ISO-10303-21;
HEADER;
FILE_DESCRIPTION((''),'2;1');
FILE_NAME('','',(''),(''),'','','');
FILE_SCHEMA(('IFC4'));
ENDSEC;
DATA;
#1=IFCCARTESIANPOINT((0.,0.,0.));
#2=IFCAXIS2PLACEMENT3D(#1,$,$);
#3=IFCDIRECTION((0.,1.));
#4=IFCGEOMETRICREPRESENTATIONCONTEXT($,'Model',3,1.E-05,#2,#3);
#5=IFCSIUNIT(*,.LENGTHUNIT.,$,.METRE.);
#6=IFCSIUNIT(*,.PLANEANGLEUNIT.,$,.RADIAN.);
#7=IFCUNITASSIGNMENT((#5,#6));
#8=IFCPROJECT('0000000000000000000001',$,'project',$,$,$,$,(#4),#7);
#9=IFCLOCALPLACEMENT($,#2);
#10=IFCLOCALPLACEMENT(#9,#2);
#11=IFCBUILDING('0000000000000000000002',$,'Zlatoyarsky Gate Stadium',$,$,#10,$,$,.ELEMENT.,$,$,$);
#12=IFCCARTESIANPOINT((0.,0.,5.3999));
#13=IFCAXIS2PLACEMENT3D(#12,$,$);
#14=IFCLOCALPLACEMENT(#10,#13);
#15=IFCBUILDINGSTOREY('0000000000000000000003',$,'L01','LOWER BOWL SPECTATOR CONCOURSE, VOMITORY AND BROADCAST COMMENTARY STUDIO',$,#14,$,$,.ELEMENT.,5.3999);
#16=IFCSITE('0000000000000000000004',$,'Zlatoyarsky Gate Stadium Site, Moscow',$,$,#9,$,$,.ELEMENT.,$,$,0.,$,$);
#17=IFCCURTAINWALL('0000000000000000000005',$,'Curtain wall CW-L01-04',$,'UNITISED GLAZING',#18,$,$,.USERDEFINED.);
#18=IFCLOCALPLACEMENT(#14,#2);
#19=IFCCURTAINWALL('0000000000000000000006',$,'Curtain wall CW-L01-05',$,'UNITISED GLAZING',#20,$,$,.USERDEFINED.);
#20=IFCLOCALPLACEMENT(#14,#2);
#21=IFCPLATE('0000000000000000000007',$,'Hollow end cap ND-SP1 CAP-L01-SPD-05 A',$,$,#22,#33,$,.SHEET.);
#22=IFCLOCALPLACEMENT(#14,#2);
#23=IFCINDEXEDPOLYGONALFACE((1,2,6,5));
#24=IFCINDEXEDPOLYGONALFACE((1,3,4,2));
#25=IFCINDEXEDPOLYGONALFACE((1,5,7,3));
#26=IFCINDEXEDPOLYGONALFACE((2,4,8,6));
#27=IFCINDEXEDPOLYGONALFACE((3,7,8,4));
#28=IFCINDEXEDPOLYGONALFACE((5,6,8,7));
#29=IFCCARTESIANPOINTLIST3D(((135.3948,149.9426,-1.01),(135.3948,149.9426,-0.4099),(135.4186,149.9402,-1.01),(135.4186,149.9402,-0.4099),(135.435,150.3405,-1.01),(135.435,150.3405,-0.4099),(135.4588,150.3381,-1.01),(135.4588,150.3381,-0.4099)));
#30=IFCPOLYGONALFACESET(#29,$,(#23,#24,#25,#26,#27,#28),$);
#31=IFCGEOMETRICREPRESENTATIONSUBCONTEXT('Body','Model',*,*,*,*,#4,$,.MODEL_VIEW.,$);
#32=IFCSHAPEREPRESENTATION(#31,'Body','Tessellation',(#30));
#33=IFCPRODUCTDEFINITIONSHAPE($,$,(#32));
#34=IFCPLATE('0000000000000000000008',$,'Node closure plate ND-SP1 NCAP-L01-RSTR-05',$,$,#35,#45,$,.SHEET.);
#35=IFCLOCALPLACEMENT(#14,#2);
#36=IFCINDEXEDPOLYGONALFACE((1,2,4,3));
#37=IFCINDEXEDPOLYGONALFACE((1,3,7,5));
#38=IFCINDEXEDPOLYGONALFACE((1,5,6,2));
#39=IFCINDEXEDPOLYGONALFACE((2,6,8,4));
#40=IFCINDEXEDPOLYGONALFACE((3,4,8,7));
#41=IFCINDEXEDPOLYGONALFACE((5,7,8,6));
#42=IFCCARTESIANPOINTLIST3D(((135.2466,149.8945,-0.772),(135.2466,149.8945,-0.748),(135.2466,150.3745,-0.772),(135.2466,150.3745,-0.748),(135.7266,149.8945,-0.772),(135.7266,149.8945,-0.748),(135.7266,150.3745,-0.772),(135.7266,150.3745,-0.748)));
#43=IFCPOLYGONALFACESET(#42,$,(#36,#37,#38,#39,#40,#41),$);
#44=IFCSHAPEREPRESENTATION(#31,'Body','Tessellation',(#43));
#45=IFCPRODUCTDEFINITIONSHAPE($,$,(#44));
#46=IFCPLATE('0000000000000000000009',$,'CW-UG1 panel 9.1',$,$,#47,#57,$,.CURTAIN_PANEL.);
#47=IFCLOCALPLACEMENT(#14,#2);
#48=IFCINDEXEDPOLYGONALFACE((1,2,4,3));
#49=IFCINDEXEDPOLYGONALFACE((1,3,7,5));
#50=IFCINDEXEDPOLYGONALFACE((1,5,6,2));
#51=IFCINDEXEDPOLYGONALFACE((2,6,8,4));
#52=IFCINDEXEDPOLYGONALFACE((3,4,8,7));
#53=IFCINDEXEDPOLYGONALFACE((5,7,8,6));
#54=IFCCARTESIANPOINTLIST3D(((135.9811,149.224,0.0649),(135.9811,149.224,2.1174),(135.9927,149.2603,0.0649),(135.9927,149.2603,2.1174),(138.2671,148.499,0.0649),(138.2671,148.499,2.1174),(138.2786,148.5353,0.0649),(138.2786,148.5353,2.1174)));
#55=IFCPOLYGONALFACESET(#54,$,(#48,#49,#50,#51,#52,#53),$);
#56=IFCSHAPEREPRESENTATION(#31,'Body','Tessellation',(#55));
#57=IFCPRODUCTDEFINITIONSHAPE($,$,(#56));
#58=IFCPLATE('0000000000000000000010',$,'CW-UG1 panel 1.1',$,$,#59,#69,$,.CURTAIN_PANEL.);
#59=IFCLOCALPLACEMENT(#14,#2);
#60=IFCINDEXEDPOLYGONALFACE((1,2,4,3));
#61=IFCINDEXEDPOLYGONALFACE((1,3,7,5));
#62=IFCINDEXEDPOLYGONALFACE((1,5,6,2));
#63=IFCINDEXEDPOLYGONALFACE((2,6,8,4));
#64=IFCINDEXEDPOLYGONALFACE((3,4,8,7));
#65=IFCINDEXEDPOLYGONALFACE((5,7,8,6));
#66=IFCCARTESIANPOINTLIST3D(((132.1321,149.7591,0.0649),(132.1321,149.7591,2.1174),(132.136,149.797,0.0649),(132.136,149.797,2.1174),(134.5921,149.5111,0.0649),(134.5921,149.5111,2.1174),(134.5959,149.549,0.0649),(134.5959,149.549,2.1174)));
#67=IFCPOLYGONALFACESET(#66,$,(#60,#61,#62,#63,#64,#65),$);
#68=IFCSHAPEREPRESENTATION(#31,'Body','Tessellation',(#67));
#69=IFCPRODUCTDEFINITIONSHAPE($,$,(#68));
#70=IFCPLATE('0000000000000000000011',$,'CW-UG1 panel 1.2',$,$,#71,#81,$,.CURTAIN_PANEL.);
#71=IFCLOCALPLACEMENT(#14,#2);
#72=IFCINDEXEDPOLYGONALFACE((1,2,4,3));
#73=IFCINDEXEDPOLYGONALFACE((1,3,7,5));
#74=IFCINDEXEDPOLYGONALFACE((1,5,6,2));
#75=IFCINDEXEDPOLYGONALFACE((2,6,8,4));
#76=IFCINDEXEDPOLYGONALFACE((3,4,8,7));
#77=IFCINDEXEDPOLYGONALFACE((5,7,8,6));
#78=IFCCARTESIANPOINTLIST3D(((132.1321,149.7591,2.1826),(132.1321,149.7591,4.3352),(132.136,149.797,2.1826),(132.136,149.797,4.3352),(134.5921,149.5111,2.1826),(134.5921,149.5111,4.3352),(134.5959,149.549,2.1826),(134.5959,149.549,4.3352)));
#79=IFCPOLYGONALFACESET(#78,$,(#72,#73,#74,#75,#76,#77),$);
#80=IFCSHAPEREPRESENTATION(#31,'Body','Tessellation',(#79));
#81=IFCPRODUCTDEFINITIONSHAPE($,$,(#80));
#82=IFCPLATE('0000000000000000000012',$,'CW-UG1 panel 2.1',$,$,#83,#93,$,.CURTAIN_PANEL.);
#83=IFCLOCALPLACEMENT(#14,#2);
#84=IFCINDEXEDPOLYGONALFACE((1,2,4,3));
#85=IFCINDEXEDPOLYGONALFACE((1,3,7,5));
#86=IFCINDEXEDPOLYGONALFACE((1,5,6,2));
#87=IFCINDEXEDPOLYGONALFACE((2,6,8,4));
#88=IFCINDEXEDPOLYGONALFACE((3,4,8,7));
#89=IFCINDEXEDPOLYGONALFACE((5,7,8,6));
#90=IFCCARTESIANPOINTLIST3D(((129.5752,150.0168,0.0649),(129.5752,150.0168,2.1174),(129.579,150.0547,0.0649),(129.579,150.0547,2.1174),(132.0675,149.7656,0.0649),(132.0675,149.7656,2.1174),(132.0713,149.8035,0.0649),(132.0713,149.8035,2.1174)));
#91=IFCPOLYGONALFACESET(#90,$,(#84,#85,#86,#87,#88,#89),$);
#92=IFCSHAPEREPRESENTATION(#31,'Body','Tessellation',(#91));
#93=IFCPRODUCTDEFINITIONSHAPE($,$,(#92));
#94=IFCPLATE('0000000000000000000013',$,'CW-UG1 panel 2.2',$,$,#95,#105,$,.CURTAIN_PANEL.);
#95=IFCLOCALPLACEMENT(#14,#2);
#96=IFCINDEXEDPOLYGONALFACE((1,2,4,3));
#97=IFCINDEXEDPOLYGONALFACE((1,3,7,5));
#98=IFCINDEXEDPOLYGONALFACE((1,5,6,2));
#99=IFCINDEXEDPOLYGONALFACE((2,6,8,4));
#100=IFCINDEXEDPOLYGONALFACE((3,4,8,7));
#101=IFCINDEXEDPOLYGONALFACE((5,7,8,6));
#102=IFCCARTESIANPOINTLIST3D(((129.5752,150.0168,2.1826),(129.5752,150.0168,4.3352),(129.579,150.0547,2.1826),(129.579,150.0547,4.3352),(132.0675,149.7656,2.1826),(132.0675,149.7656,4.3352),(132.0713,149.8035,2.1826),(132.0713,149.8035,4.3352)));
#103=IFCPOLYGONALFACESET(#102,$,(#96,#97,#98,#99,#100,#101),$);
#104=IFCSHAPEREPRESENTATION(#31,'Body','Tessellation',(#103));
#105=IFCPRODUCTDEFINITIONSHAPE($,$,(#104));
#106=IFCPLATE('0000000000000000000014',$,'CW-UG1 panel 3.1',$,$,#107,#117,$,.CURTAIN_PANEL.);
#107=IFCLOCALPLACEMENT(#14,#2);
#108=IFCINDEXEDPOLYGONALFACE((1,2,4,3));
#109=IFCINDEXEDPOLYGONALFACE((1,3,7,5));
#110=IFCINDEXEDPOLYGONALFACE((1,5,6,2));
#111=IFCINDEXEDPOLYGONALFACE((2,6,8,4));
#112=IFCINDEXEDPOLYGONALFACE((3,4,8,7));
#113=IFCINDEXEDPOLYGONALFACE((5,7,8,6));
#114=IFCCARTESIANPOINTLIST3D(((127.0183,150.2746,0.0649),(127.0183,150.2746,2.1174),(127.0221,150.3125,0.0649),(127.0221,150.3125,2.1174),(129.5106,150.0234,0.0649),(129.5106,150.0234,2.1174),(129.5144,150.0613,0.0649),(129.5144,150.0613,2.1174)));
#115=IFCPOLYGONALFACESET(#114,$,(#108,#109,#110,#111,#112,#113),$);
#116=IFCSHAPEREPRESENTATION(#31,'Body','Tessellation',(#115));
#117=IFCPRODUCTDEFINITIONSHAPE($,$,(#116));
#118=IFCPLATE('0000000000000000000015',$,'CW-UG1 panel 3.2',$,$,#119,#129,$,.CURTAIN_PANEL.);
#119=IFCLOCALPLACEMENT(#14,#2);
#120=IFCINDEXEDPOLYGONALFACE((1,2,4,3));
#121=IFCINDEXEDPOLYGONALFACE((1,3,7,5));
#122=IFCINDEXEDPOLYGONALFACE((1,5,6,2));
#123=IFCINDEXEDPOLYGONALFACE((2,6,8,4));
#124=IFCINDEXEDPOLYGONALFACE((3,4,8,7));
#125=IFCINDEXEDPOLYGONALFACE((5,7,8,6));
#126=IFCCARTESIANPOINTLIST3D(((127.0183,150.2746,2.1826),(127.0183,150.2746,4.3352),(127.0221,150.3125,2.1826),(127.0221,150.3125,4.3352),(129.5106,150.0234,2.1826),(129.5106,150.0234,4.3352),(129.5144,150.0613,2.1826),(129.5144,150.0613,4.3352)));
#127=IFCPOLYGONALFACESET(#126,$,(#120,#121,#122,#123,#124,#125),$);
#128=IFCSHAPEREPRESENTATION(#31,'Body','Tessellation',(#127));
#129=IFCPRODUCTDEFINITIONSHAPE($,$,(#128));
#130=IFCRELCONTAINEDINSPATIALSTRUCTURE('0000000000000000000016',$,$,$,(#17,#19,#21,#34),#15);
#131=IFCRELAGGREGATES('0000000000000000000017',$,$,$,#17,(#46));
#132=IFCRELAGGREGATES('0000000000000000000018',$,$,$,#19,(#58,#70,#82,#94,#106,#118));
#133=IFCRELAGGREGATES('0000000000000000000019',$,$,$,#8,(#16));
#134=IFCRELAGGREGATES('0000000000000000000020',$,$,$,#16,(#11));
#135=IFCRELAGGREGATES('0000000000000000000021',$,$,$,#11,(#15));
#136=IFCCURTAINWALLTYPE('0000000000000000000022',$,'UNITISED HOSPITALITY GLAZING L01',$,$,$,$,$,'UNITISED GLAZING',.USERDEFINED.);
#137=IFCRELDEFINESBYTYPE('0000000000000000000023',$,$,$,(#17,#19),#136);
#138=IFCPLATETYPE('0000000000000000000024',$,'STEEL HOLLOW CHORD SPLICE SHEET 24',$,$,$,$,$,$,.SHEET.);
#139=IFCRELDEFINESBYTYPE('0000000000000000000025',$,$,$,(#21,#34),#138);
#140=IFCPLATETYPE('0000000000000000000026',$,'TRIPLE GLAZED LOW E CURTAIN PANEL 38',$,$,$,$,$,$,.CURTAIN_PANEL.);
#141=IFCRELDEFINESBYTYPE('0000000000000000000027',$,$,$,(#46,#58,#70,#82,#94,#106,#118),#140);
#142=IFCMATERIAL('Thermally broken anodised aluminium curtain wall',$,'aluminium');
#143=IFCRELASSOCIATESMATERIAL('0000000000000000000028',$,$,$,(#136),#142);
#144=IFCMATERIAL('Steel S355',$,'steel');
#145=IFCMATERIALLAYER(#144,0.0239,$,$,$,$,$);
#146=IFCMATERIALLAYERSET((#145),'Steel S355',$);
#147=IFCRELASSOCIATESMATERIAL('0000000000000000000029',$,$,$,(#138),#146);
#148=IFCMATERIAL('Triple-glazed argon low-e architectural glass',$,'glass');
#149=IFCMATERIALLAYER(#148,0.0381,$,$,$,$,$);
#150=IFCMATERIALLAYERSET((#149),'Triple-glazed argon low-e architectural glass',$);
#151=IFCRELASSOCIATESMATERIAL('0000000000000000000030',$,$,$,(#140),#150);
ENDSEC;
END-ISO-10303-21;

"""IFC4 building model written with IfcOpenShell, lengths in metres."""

from ifc_helpers import new_model, si_unit, direction, frame, origin, origin_2d, place, context, subcontext, project, spatial, rectangle, extrude, material, layer, layer_set, type_object, element, aggregate, save


model = new_model("IFC4")

# Units and contexts
model_context = context("Model", 3, precision=1e-05, world=origin(), true_north=direction((0.0, 1.0)))
body_context = subcontext(model_context, "Body", "Model", "MODEL_VIEW")
ifc_project = project(units=[si_unit("LENGTHUNIT", "METRE"), si_unit("PLANEANGLEUNIT", "RADIAN")], contexts=[model_context])

# Site, building, storey
site_placement = place(None, origin())
site = spatial("IfcSite", under=ifc_project, at=site_placement, Name="Zlatoyarsky Gate Stadium Site, Moscow", CompositionType="ELEMENT", RefElevation=0.0)
building_placement = place(site_placement, origin())
building = spatial("IfcBuilding", under=site, at=building_placement, Name="Zlatoyarsky Gate Stadium", CompositionType="ELEMENT")
storey_placement = place(building_placement, frame((0.0, 0.0, 5.3999)))
storey = spatial("IfcBuildingStorey", under=building, at=storey_placement, Name="L01", Description="LOWER BOWL SPECTATOR CONCOURSE, VOMITORY AND BROADCAST COMMENTARY STUDIO", CompositionType="ELEMENT", Elevation=5.3999)

# Curtain wall
ifc_material_1 = material(Name="Thermally broken anodised aluminium curtain wall", Category="aluminium")
curtain_wall_type = type_object("IfcCurtainWallType", Name="UNITISED HOSPITALITY GLAZING L01", ElementType="UNITISED GLAZING", PredefinedType="USERDEFINED", material=ifc_material_1)
curtain_wall_1_placement = place(storey_placement, origin())
curtain_wall_1 = element("IfcCurtainWall", 1, at=curtain_wall_1_placement, inside=storey, type_object=curtain_wall_type, Name="Curtain wall CW-L01-04", ObjectType="UNITISED GLAZING", PredefinedType="USERDEFINED")

# Curtain wall
curtain_wall_2_placement = place(storey_placement, origin())
curtain_wall_2 = element("IfcCurtainWall", 2, at=curtain_wall_2_placement, inside=storey, type_object=curtain_wall_type, Name="Curtain wall CW-L01-05", ObjectType="UNITISED GLAZING", PredefinedType="USERDEFINED")

# Shared definitions
ifc_material_2 = material(Name="Steel S355", Category="steel")

# Plates
ifc_layer_1 = layer(ifc_material_2, 0.0239)
ifc_layer_set_1 = layer_set([ifc_layer_1], Name="Steel S355")
plate_type_1 = type_object("IfcPlateType", Name="STEEL HOLLOW CHORD SPLICE SHEET 24", PredefinedType="SHEET", material=ifc_layer_set_1)
for number, where, z_axis, x_axis, name in (
    (3, (135.4268, 150.1404, -1.01), (0.0, 0.0, 1.0), (-0.994934, 0.100528, 0.0), "Hollow end cap ND-SP1 CAP-L01-SPD-05 A"),
):
    element("IfcPlate", number, at=place(storey_placement, frame(where, z_axis=z_axis, x_axis=x_axis)), inside=storey, type_object=plate_type_1, Name=name, PredefinedType="SHEET", context=body_context, shape_type="SweptSolid", body=[
        extrude(rectangle(XDim=0.0239, YDim=0.3999, at=origin_2d()), origin(), (0.0, 0.0, 1.0), 0.6001),
    ])
plate_1_placement = place(storey_placement, frame((135.4866, 150.1345, -0.772), z_axis=(0.0, 0.0, 1.0), x_axis=(1.0, 0.0, 0.0)))
element("IfcPlate", 4, at=plate_1_placement, inside=storey, type_object=plate_type_1, Name="Node closure plate ND-SP1 NCAP-L01-RSTR-05", PredefinedType="SHEET", context=body_context, shape_type="SweptSolid", body=[
    extrude(rectangle(XDim=0.48, YDim=0.48, at=origin_2d()), origin(), (0.0, 0.0, 1.0), 0.0239),
])

# Plates
ifc_material_3 = material(Name="Triple-glazed argon low-e architectural glass", Category="glass")
ifc_layer_2 = layer(ifc_material_3, 0.0381)
ifc_layer_set_2 = layer_set([ifc_layer_2], Name="Triple-glazed argon low-e architectural glass")
plate_type_2 = type_object("IfcPlateType", Name="TRIPLE GLAZED LOW E CURTAIN PANEL 38", PredefinedType="CURTAIN_PANEL", material=ifc_layer_set_2)
plate_2_placement = place(storey_placement, frame((137.1299, 148.8796, 0.0649), z_axis=(0.0, 0.0, 1.0), x_axis=(-0.953202, 0.302334, 0.0)))
plate_2 = element("IfcPlate", 5, at=plate_2_placement, type_object=plate_type_2, Name="CW-UG1 panel 9.1", PredefinedType="CURTAIN_PANEL", context=body_context, shape_type="SweptSolid", body=[
    extrude(rectangle(XDim=2.3982, YDim=0.0381, at=origin_2d()), origin(), (0.0, 0.0, 1.0), 2.0525),
])
aggregate(curtain_wall_1, [plate_2])
plate_3_placement = place(storey_placement, frame((133.364, 149.6541, 0.0649), z_axis=(0.0, 0.0, 1.0), x_axis=(-0.994957, 0.1003, 0.0)))
plate_3 = element("IfcPlate", 6, at=plate_3_placement, type_object=plate_type_2, Name="CW-UG1 panel 1.1", PredefinedType="CURTAIN_PANEL", context=body_context, shape_type="SweptSolid", body=[
    extrude(rectangle(XDim=2.4724, YDim=0.0381, at=origin_2d()), origin(), (0.0, 0.0, 1.0), 2.0525),
])
plate_4_placement = place(storey_placement, frame((133.364, 149.6541, 2.1826), z_axis=(0.0, 0.0, 1.0), x_axis=(-0.994957, 0.1003, 0.0)))
plate_4 = element("IfcPlate", 7, at=plate_4_placement, type_object=plate_type_2, Name="CW-UG1 panel 1.2", PredefinedType="CURTAIN_PANEL", context=body_context, shape_type="SweptSolid", body=[
    extrude(rectangle(XDim=2.4724, YDim=0.0381, at=origin_2d()), origin(), (0.0, 0.0, 1.0), 2.1526),
])
plate_5_placement = place(storey_placement, frame((130.8232, 149.9102, 0.0649), z_axis=(0.0, 0.0, 1.0), x_axis=(-0.994957, 0.1003, 0.0)))
plate_5 = element("IfcPlate", 8, at=plate_5_placement, type_object=plate_type_2, Name="CW-UG1 panel 2.1", PredefinedType="CURTAIN_PANEL", context=body_context, shape_type="SweptSolid", body=[
    extrude(rectangle(XDim=2.5049, YDim=0.0381, at=origin_2d()), origin(), (0.0, 0.0, 1.0), 2.0525),
])
plate_6_placement = place(storey_placement, frame((130.8232, 149.9102, 2.1826), z_axis=(0.0, 0.0, 1.0), x_axis=(-0.994957, 0.1003, 0.0)))
plate_6 = element("IfcPlate", 9, at=plate_6_placement, type_object=plate_type_2, Name="CW-UG1 panel 2.2", PredefinedType="CURTAIN_PANEL", context=body_context, shape_type="SweptSolid", body=[
    extrude(rectangle(XDim=2.5049, YDim=0.0381, at=origin_2d()), origin(), (0.0, 0.0, 1.0), 2.1526),
])
plate_7_placement = place(storey_placement, frame((128.2664, 150.168, 0.0649), z_axis=(0.0, 0.0, 1.0), x_axis=(-0.994957, 0.1003, 0.0)))
plate_7 = element("IfcPlate", 10, at=plate_7_placement, type_object=plate_type_2, Name="CW-UG1 panel 3.1", PredefinedType="CURTAIN_PANEL", context=body_context, shape_type="SweptSolid", body=[
    extrude(rectangle(XDim=2.5049, YDim=0.0381, at=origin_2d()), origin(), (0.0, 0.0, 1.0), 2.0525),
])
plate_8_placement = place(storey_placement, frame((128.2664, 150.168, 2.1826), z_axis=(0.0, 0.0, 1.0), x_axis=(-0.994957, 0.1003, 0.0)))
plate_8 = element("IfcPlate", 11, at=plate_8_placement, type_object=plate_type_2, Name="CW-UG1 panel 3.2", PredefinedType="CURTAIN_PANEL", context=body_context, shape_type="SweptSolid", body=[
    extrude(rectangle(XDim=2.5049, YDim=0.0381, at=origin_2d()), origin(), (0.0, 0.0, 1.0), 2.1526),
])
aggregate(curtain_wall_2, [plate_3, plate_4, plate_5, plate_6, plate_7, plate_8])

save(model, "model.ifc")
